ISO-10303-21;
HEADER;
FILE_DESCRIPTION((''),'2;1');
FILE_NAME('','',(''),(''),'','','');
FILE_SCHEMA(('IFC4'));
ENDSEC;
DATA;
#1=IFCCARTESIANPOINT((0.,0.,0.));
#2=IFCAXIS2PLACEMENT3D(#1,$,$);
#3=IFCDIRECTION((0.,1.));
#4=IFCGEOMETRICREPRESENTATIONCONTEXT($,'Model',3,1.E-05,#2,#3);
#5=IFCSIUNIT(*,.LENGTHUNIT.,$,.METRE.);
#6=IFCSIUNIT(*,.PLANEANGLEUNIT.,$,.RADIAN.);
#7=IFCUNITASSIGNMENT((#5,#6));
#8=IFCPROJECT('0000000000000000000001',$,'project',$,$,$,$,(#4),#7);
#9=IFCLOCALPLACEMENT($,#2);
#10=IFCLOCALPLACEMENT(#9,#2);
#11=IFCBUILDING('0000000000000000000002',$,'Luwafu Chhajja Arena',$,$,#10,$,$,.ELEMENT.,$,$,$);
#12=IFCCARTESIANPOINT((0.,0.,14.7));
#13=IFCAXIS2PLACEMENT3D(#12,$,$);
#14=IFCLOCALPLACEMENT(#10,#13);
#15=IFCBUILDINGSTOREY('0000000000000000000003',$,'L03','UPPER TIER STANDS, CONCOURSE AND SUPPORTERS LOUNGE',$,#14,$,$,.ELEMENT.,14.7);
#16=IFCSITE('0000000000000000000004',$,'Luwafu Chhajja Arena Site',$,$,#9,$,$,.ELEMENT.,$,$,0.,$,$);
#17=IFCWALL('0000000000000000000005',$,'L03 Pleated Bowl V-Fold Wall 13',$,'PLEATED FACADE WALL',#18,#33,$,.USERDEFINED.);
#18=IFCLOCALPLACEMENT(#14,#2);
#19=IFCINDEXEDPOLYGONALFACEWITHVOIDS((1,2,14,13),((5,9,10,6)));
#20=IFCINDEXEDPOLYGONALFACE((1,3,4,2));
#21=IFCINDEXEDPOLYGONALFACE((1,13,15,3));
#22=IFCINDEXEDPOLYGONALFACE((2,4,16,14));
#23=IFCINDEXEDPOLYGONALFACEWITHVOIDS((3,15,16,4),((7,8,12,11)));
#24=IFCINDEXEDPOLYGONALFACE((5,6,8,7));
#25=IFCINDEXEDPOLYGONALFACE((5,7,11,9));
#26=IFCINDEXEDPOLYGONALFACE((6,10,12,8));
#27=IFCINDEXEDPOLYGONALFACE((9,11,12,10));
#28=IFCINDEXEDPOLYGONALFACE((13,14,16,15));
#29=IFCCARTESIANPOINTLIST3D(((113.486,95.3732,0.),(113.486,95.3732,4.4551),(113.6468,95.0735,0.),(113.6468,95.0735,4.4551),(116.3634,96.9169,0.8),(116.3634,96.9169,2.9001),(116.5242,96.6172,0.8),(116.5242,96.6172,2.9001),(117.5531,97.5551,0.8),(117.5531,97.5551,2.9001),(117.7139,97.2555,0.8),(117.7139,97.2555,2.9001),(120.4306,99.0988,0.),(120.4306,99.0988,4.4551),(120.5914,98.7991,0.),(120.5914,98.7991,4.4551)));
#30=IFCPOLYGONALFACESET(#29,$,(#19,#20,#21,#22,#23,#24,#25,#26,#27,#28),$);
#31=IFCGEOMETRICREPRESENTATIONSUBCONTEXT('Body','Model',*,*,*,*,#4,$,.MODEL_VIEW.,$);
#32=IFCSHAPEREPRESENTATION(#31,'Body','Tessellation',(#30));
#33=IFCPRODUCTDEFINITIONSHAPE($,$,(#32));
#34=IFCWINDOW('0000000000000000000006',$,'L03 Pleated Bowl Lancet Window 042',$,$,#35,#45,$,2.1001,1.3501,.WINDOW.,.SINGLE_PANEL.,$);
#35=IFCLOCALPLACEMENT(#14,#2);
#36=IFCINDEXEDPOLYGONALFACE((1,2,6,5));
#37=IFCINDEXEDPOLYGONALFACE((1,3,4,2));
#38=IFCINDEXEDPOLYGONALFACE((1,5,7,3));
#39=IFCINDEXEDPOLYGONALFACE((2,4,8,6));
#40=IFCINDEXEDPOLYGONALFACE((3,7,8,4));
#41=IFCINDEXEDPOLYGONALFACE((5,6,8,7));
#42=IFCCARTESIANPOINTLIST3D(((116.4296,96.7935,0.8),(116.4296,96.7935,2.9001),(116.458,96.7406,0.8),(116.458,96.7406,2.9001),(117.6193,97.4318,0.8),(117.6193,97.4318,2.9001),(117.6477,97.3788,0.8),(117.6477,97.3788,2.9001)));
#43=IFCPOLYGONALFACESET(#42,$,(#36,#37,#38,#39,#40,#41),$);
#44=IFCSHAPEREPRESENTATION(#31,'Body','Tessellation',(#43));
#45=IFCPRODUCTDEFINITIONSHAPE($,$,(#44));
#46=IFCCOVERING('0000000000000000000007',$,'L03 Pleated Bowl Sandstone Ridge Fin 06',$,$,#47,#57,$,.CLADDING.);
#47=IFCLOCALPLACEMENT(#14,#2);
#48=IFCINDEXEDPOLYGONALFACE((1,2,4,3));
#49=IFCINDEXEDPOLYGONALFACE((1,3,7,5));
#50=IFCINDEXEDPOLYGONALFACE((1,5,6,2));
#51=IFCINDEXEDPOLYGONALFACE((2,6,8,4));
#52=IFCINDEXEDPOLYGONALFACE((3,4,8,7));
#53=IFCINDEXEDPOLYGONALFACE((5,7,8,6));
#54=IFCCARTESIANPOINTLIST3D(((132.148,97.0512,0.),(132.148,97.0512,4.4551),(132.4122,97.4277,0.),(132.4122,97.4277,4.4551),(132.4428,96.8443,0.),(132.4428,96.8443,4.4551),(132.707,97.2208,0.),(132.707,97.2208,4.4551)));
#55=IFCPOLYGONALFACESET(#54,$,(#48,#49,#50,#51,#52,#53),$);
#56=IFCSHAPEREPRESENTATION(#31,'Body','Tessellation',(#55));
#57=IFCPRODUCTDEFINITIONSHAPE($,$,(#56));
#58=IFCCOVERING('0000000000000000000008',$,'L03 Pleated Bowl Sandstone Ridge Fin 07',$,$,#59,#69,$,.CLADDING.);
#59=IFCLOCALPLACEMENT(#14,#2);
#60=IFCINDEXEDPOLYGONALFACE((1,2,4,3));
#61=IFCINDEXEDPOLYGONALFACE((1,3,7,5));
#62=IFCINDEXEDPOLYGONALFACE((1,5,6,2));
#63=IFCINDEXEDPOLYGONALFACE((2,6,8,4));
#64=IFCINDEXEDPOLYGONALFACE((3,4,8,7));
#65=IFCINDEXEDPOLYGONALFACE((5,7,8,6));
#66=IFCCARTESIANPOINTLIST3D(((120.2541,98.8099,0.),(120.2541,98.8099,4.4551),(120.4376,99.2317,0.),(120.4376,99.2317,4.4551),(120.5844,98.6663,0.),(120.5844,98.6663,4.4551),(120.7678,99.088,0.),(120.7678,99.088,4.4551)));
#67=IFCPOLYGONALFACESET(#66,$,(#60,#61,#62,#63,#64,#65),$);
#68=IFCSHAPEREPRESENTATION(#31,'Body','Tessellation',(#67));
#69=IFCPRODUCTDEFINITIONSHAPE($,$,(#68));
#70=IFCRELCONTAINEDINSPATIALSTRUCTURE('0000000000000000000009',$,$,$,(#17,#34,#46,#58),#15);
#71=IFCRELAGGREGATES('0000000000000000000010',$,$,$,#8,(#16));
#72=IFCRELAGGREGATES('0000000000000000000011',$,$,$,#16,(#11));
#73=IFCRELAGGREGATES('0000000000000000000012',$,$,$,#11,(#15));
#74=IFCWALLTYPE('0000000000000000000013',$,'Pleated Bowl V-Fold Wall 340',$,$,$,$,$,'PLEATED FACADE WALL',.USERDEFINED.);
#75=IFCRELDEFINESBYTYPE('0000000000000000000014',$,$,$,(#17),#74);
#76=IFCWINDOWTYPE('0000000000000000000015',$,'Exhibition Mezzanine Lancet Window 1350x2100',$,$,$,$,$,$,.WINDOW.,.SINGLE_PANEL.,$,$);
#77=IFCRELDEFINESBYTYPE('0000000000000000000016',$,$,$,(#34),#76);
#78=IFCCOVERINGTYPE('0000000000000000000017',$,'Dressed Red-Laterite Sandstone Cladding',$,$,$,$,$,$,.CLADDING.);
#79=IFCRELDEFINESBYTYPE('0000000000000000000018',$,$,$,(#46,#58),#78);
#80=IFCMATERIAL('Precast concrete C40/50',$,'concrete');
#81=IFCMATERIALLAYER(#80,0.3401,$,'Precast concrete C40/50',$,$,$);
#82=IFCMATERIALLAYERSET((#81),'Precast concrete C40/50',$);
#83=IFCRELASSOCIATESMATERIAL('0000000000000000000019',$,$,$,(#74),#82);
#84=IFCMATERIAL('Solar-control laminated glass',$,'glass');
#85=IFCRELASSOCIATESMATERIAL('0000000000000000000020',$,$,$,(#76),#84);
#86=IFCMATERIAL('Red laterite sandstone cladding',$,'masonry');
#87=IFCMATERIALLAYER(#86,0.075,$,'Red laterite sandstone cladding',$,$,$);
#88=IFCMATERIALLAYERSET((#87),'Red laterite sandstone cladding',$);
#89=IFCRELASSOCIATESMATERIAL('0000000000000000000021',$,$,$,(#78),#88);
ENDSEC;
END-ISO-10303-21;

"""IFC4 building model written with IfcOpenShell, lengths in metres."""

from ifc_helpers import new_model, si_unit, direction, frame, frame_2d, origin, origin_2d, place, context, subcontext, project, spatial, rectangle, extrude, material, layer, layer_set, type_object, element, fill, save


model = new_model("IFC4")

# Units and contexts
model_context = context("Model", 3, precision=1e-05, world=origin(), true_north=direction((0.0, 1.0)))
body_context = subcontext(model_context, "Body", "Model", "MODEL_VIEW")
ifc_project = project(units=[si_unit("LENGTHUNIT", "METRE"), si_unit("PLANEANGLEUNIT", "RADIAN")], contexts=[model_context])

# Site, building, storey
site_placement = place(None, origin())
site = spatial("IfcSite", under=ifc_project, at=site_placement, Name="Luwafu Chhajja Arena Site", CompositionType="ELEMENT", RefElevation=0.0)
building_placement = place(site_placement, origin())
building = spatial("IfcBuilding", under=site, at=building_placement, Name="Luwafu Chhajja Arena", CompositionType="ELEMENT")
storey_placement = place(building_placement, frame((0.0, 0.0, 14.7)))
storey = spatial("IfcBuildingStorey", under=building, at=storey_placement, Name="L03", Description="UPPER TIER STANDS, CONCOURSE AND SUPPORTERS LOUNGE", CompositionType="ELEMENT", Elevation=14.7)

# Wall, opening, window
ifc_material_1 = material(Name="Precast concrete C40/50", Category="concrete")
ifc_layer_1 = layer(ifc_material_1, 0.3401, Name="Precast concrete C40/50")
ifc_layer_set_1 = layer_set([ifc_layer_1], Name="Precast concrete C40/50")
wall_type = type_object("IfcWallType", Name="Pleated Bowl V-Fold Wall 340", ElementType="PLEATED FACADE WALL", PredefinedType="USERDEFINED", material=ifc_layer_set_1)
ifc_material_2 = material(Name="Solar-control laminated glass", Category="glass")
window_type_1 = type_object("IfcWindowType", Name="Exhibition Mezzanine Lancet Window 1350x2100", PartitioningType="SINGLE_PANEL", PredefinedType="WINDOW", material=ifc_material_2)
wall_1_placement = place(storey_placement, frame((120.511, 98.949, 0.0), z_axis=(0.0, 0.0, 1.0), x_axis=(-0.881201, -0.472741, 0.0)))
wall_1 = element("IfcWall", 1, at=wall_1_placement, inside=storey, type_object=wall_type, Name="L03 Pleated Bowl V-Fold Wall 13", ObjectType="PLEATED FACADE WALL", PredefinedType="USERDEFINED", context=body_context, shape_type="SweptSolid", body=[
    extrude(rectangle(XDim=7.8809, YDim=0.3401, at=frame_2d((3.9404, 0.0))), origin(), (0.0, 0.0, 1.0), 4.4551),
])
opening_1_placement = place(wall_1_placement, frame((3.2654, 0.0, 0.8)))
opening_1 = element("IfcOpeningElement", 2, at=opening_1_placement, cuts=wall_1, PredefinedType="OPENING", context=body_context, shape_type="SweptSolid", body=[
    extrude(rectangle(XDim=1.3501, YDim=2.1001, at=frame_2d((0.675, 1.05))), frame((0.0, 0.1799, 0.0), z_axis=(0.0, -1.0, 0.0), x_axis=(1.0, 0.0, 0.0)), (0.0, 0.0, 1.0), 0.3601),
])
window_1_placement = place(opening_1_placement, origin())
window_1 = element("IfcWindow", 3, at=window_1_placement, inside=storey, type_object=window_type_1, Name="L03 Pleated Bowl Lancet Window 042", OverallHeight=2.1001, OverallWidth=1.3501, PartitioningType="SINGLE_PANEL", PredefinedType="WINDOW", context=body_context, shape_type="SweptSolid", body=[
    extrude(rectangle(XDim=1.3501, YDim=2.1001, at=frame_2d((0.675, 1.05))), frame((0.0, 0.03, 0.0), z_axis=(0.0, -1.0, 0.0), x_axis=(1.0, 0.0, 0.0)), (0.0, 0.0, 1.0), 0.0601),
])
fill(opening_1, window_1)

# Coverings
ifc_material_3 = material(Name="Red laterite sandstone cladding", Category="masonry")
ifc_layer_2 = layer(ifc_material_3, 0.075, Name="Red laterite sandstone cladding")
ifc_layer_set_2 = layer_set([ifc_layer_2], Name="Red laterite sandstone cladding")
covering_type = type_object("IfcCoveringType", Name="Dressed Red-Laterite Sandstone Cladding", PredefinedType="CLADDING", material=ifc_layer_set_2)
for number, where, z_axis, x_axis, name in (
    (4, (132.4275, 97.136, 0.0), (0.0, 0.0, 1.0), (0.574411, 0.818567, 0.0), "L03 Pleated Bowl Sandstone Ridge Fin 06"),
    (5, (120.511, 98.949, 0.0), (0.0, 0.0, 1.0), (0.398903, 0.916993, 0.0), "L03 Pleated Bowl Sandstone Ridge Fin 07"),
):
    element("IfcCovering", number, at=place(storey_placement, frame(where, z_axis=z_axis, x_axis=x_axis)), inside=storey, type_object=covering_type, Name=name, PredefinedType="CLADDING", context=body_context, shape_type="SweptSolid", body=[
        extrude(rectangle(XDim=0.46, YDim=0.3601, at=origin_2d()), origin(), (0.0, 0.0, 1.0), 4.4551),
    ])

save(model, "model.ifc")
